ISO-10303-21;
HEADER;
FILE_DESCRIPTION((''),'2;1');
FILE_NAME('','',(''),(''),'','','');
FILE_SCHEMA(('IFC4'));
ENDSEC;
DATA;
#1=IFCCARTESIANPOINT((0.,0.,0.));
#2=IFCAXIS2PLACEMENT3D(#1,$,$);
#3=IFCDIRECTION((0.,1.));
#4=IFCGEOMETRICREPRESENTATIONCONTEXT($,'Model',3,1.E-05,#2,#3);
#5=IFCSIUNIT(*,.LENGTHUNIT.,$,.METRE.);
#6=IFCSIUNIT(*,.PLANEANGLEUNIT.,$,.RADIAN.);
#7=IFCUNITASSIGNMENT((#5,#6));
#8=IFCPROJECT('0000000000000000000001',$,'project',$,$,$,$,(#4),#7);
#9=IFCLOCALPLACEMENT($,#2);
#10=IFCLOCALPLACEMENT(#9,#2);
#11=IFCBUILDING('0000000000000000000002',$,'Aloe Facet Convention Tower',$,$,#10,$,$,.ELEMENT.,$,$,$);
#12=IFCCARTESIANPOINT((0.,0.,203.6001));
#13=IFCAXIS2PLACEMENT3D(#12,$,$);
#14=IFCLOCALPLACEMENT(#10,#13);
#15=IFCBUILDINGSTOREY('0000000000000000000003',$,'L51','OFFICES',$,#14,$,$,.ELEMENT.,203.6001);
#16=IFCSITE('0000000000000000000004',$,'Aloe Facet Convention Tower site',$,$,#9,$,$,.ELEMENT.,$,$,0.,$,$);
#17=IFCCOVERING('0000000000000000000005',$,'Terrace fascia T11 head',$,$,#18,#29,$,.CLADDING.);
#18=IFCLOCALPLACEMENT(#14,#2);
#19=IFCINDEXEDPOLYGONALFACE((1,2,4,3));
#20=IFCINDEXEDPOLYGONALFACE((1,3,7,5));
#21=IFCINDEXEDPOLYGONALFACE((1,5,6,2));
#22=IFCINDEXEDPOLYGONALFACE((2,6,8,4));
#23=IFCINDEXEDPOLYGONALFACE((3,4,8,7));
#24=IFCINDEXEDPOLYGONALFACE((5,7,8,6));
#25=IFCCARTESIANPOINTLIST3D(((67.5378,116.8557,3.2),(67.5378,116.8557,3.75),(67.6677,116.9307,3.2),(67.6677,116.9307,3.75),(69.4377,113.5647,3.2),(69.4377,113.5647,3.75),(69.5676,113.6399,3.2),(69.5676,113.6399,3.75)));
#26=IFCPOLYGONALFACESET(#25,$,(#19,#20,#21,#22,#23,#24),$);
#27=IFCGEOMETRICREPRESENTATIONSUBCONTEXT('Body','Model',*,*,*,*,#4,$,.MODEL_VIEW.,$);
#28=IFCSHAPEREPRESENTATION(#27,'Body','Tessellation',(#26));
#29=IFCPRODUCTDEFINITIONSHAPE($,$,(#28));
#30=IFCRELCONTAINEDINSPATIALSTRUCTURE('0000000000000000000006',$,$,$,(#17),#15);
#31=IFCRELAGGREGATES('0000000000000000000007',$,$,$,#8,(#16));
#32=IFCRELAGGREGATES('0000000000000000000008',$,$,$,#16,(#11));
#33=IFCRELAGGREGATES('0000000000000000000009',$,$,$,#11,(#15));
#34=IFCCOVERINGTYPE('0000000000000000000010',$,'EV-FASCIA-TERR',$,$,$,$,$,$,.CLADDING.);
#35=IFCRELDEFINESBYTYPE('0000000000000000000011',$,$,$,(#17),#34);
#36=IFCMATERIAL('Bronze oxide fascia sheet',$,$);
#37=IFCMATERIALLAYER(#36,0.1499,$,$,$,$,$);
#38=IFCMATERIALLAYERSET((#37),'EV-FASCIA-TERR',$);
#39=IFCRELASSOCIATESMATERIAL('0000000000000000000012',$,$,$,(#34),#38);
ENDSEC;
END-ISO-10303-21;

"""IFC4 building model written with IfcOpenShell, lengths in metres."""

from ifc_helpers import new_model, si_unit, direction, frame, origin, place, context, subcontext, project, spatial, polyline, outline, extrude, material, layer, layer_set, type_object, element, save


model = new_model("IFC4")

# Units and contexts
model_context = context("Model", 3, precision=1e-05, world=origin(), true_north=direction((0.0, 1.0)))
body_context = subcontext(model_context, "Body", "Model", "MODEL_VIEW")
ifc_project = project(units=[si_unit("LENGTHUNIT", "METRE"), si_unit("PLANEANGLEUNIT", "RADIAN")], contexts=[model_context])

# Site, building, storey
site_placement = place(None, origin())
site = spatial("IfcSite", under=ifc_project, at=site_placement, Name="Aloe Facet Convention Tower site", CompositionType="ELEMENT", RefElevation=0.0)
building_placement = place(site_placement, origin())
building = spatial("IfcBuilding", under=site, at=building_placement, Name="Aloe Facet Convention Tower", CompositionType="ELEMENT")
storey_placement = place(building_placement, frame((0.0, 0.0, 203.6001)))
storey = spatial("IfcBuildingStorey", under=building, at=storey_placement, Name="L51", Description="OFFICES", CompositionType="ELEMENT", Elevation=203.6001)

# Covering
ifc_material_1 = material(Name="Bronze oxide fascia sheet")
ifc_layer_1 = layer(ifc_material_1, 0.1499)
ifc_layer_set_1 = layer_set([ifc_layer_1], Name="EV-FASCIA-TERR")
covering_type = type_object("IfcCoveringType", Name="EV-FASCIA-TERR", PredefinedType="CLADDING", material=ifc_layer_set_1)
covering_placement = place(storey_placement, frame((0.0, 0.0, 3.2)))
element("IfcCovering", 1, at=covering_placement, inside=storey, type_object=covering_type, Name="Terrace fascia T11 head", PredefinedType="CLADDING", context=body_context, shape_type="SweptSolid", body=[
    extrude(outline(polyline([(67.5378, 116.8557), (69.4377, 113.5647), (69.5676, 113.6399), (67.6677, 116.9307), (67.5378, 116.8557)])), origin(), (0.0, 0.0, 1.0), 0.55),
])

save(model, "model.ifc")
